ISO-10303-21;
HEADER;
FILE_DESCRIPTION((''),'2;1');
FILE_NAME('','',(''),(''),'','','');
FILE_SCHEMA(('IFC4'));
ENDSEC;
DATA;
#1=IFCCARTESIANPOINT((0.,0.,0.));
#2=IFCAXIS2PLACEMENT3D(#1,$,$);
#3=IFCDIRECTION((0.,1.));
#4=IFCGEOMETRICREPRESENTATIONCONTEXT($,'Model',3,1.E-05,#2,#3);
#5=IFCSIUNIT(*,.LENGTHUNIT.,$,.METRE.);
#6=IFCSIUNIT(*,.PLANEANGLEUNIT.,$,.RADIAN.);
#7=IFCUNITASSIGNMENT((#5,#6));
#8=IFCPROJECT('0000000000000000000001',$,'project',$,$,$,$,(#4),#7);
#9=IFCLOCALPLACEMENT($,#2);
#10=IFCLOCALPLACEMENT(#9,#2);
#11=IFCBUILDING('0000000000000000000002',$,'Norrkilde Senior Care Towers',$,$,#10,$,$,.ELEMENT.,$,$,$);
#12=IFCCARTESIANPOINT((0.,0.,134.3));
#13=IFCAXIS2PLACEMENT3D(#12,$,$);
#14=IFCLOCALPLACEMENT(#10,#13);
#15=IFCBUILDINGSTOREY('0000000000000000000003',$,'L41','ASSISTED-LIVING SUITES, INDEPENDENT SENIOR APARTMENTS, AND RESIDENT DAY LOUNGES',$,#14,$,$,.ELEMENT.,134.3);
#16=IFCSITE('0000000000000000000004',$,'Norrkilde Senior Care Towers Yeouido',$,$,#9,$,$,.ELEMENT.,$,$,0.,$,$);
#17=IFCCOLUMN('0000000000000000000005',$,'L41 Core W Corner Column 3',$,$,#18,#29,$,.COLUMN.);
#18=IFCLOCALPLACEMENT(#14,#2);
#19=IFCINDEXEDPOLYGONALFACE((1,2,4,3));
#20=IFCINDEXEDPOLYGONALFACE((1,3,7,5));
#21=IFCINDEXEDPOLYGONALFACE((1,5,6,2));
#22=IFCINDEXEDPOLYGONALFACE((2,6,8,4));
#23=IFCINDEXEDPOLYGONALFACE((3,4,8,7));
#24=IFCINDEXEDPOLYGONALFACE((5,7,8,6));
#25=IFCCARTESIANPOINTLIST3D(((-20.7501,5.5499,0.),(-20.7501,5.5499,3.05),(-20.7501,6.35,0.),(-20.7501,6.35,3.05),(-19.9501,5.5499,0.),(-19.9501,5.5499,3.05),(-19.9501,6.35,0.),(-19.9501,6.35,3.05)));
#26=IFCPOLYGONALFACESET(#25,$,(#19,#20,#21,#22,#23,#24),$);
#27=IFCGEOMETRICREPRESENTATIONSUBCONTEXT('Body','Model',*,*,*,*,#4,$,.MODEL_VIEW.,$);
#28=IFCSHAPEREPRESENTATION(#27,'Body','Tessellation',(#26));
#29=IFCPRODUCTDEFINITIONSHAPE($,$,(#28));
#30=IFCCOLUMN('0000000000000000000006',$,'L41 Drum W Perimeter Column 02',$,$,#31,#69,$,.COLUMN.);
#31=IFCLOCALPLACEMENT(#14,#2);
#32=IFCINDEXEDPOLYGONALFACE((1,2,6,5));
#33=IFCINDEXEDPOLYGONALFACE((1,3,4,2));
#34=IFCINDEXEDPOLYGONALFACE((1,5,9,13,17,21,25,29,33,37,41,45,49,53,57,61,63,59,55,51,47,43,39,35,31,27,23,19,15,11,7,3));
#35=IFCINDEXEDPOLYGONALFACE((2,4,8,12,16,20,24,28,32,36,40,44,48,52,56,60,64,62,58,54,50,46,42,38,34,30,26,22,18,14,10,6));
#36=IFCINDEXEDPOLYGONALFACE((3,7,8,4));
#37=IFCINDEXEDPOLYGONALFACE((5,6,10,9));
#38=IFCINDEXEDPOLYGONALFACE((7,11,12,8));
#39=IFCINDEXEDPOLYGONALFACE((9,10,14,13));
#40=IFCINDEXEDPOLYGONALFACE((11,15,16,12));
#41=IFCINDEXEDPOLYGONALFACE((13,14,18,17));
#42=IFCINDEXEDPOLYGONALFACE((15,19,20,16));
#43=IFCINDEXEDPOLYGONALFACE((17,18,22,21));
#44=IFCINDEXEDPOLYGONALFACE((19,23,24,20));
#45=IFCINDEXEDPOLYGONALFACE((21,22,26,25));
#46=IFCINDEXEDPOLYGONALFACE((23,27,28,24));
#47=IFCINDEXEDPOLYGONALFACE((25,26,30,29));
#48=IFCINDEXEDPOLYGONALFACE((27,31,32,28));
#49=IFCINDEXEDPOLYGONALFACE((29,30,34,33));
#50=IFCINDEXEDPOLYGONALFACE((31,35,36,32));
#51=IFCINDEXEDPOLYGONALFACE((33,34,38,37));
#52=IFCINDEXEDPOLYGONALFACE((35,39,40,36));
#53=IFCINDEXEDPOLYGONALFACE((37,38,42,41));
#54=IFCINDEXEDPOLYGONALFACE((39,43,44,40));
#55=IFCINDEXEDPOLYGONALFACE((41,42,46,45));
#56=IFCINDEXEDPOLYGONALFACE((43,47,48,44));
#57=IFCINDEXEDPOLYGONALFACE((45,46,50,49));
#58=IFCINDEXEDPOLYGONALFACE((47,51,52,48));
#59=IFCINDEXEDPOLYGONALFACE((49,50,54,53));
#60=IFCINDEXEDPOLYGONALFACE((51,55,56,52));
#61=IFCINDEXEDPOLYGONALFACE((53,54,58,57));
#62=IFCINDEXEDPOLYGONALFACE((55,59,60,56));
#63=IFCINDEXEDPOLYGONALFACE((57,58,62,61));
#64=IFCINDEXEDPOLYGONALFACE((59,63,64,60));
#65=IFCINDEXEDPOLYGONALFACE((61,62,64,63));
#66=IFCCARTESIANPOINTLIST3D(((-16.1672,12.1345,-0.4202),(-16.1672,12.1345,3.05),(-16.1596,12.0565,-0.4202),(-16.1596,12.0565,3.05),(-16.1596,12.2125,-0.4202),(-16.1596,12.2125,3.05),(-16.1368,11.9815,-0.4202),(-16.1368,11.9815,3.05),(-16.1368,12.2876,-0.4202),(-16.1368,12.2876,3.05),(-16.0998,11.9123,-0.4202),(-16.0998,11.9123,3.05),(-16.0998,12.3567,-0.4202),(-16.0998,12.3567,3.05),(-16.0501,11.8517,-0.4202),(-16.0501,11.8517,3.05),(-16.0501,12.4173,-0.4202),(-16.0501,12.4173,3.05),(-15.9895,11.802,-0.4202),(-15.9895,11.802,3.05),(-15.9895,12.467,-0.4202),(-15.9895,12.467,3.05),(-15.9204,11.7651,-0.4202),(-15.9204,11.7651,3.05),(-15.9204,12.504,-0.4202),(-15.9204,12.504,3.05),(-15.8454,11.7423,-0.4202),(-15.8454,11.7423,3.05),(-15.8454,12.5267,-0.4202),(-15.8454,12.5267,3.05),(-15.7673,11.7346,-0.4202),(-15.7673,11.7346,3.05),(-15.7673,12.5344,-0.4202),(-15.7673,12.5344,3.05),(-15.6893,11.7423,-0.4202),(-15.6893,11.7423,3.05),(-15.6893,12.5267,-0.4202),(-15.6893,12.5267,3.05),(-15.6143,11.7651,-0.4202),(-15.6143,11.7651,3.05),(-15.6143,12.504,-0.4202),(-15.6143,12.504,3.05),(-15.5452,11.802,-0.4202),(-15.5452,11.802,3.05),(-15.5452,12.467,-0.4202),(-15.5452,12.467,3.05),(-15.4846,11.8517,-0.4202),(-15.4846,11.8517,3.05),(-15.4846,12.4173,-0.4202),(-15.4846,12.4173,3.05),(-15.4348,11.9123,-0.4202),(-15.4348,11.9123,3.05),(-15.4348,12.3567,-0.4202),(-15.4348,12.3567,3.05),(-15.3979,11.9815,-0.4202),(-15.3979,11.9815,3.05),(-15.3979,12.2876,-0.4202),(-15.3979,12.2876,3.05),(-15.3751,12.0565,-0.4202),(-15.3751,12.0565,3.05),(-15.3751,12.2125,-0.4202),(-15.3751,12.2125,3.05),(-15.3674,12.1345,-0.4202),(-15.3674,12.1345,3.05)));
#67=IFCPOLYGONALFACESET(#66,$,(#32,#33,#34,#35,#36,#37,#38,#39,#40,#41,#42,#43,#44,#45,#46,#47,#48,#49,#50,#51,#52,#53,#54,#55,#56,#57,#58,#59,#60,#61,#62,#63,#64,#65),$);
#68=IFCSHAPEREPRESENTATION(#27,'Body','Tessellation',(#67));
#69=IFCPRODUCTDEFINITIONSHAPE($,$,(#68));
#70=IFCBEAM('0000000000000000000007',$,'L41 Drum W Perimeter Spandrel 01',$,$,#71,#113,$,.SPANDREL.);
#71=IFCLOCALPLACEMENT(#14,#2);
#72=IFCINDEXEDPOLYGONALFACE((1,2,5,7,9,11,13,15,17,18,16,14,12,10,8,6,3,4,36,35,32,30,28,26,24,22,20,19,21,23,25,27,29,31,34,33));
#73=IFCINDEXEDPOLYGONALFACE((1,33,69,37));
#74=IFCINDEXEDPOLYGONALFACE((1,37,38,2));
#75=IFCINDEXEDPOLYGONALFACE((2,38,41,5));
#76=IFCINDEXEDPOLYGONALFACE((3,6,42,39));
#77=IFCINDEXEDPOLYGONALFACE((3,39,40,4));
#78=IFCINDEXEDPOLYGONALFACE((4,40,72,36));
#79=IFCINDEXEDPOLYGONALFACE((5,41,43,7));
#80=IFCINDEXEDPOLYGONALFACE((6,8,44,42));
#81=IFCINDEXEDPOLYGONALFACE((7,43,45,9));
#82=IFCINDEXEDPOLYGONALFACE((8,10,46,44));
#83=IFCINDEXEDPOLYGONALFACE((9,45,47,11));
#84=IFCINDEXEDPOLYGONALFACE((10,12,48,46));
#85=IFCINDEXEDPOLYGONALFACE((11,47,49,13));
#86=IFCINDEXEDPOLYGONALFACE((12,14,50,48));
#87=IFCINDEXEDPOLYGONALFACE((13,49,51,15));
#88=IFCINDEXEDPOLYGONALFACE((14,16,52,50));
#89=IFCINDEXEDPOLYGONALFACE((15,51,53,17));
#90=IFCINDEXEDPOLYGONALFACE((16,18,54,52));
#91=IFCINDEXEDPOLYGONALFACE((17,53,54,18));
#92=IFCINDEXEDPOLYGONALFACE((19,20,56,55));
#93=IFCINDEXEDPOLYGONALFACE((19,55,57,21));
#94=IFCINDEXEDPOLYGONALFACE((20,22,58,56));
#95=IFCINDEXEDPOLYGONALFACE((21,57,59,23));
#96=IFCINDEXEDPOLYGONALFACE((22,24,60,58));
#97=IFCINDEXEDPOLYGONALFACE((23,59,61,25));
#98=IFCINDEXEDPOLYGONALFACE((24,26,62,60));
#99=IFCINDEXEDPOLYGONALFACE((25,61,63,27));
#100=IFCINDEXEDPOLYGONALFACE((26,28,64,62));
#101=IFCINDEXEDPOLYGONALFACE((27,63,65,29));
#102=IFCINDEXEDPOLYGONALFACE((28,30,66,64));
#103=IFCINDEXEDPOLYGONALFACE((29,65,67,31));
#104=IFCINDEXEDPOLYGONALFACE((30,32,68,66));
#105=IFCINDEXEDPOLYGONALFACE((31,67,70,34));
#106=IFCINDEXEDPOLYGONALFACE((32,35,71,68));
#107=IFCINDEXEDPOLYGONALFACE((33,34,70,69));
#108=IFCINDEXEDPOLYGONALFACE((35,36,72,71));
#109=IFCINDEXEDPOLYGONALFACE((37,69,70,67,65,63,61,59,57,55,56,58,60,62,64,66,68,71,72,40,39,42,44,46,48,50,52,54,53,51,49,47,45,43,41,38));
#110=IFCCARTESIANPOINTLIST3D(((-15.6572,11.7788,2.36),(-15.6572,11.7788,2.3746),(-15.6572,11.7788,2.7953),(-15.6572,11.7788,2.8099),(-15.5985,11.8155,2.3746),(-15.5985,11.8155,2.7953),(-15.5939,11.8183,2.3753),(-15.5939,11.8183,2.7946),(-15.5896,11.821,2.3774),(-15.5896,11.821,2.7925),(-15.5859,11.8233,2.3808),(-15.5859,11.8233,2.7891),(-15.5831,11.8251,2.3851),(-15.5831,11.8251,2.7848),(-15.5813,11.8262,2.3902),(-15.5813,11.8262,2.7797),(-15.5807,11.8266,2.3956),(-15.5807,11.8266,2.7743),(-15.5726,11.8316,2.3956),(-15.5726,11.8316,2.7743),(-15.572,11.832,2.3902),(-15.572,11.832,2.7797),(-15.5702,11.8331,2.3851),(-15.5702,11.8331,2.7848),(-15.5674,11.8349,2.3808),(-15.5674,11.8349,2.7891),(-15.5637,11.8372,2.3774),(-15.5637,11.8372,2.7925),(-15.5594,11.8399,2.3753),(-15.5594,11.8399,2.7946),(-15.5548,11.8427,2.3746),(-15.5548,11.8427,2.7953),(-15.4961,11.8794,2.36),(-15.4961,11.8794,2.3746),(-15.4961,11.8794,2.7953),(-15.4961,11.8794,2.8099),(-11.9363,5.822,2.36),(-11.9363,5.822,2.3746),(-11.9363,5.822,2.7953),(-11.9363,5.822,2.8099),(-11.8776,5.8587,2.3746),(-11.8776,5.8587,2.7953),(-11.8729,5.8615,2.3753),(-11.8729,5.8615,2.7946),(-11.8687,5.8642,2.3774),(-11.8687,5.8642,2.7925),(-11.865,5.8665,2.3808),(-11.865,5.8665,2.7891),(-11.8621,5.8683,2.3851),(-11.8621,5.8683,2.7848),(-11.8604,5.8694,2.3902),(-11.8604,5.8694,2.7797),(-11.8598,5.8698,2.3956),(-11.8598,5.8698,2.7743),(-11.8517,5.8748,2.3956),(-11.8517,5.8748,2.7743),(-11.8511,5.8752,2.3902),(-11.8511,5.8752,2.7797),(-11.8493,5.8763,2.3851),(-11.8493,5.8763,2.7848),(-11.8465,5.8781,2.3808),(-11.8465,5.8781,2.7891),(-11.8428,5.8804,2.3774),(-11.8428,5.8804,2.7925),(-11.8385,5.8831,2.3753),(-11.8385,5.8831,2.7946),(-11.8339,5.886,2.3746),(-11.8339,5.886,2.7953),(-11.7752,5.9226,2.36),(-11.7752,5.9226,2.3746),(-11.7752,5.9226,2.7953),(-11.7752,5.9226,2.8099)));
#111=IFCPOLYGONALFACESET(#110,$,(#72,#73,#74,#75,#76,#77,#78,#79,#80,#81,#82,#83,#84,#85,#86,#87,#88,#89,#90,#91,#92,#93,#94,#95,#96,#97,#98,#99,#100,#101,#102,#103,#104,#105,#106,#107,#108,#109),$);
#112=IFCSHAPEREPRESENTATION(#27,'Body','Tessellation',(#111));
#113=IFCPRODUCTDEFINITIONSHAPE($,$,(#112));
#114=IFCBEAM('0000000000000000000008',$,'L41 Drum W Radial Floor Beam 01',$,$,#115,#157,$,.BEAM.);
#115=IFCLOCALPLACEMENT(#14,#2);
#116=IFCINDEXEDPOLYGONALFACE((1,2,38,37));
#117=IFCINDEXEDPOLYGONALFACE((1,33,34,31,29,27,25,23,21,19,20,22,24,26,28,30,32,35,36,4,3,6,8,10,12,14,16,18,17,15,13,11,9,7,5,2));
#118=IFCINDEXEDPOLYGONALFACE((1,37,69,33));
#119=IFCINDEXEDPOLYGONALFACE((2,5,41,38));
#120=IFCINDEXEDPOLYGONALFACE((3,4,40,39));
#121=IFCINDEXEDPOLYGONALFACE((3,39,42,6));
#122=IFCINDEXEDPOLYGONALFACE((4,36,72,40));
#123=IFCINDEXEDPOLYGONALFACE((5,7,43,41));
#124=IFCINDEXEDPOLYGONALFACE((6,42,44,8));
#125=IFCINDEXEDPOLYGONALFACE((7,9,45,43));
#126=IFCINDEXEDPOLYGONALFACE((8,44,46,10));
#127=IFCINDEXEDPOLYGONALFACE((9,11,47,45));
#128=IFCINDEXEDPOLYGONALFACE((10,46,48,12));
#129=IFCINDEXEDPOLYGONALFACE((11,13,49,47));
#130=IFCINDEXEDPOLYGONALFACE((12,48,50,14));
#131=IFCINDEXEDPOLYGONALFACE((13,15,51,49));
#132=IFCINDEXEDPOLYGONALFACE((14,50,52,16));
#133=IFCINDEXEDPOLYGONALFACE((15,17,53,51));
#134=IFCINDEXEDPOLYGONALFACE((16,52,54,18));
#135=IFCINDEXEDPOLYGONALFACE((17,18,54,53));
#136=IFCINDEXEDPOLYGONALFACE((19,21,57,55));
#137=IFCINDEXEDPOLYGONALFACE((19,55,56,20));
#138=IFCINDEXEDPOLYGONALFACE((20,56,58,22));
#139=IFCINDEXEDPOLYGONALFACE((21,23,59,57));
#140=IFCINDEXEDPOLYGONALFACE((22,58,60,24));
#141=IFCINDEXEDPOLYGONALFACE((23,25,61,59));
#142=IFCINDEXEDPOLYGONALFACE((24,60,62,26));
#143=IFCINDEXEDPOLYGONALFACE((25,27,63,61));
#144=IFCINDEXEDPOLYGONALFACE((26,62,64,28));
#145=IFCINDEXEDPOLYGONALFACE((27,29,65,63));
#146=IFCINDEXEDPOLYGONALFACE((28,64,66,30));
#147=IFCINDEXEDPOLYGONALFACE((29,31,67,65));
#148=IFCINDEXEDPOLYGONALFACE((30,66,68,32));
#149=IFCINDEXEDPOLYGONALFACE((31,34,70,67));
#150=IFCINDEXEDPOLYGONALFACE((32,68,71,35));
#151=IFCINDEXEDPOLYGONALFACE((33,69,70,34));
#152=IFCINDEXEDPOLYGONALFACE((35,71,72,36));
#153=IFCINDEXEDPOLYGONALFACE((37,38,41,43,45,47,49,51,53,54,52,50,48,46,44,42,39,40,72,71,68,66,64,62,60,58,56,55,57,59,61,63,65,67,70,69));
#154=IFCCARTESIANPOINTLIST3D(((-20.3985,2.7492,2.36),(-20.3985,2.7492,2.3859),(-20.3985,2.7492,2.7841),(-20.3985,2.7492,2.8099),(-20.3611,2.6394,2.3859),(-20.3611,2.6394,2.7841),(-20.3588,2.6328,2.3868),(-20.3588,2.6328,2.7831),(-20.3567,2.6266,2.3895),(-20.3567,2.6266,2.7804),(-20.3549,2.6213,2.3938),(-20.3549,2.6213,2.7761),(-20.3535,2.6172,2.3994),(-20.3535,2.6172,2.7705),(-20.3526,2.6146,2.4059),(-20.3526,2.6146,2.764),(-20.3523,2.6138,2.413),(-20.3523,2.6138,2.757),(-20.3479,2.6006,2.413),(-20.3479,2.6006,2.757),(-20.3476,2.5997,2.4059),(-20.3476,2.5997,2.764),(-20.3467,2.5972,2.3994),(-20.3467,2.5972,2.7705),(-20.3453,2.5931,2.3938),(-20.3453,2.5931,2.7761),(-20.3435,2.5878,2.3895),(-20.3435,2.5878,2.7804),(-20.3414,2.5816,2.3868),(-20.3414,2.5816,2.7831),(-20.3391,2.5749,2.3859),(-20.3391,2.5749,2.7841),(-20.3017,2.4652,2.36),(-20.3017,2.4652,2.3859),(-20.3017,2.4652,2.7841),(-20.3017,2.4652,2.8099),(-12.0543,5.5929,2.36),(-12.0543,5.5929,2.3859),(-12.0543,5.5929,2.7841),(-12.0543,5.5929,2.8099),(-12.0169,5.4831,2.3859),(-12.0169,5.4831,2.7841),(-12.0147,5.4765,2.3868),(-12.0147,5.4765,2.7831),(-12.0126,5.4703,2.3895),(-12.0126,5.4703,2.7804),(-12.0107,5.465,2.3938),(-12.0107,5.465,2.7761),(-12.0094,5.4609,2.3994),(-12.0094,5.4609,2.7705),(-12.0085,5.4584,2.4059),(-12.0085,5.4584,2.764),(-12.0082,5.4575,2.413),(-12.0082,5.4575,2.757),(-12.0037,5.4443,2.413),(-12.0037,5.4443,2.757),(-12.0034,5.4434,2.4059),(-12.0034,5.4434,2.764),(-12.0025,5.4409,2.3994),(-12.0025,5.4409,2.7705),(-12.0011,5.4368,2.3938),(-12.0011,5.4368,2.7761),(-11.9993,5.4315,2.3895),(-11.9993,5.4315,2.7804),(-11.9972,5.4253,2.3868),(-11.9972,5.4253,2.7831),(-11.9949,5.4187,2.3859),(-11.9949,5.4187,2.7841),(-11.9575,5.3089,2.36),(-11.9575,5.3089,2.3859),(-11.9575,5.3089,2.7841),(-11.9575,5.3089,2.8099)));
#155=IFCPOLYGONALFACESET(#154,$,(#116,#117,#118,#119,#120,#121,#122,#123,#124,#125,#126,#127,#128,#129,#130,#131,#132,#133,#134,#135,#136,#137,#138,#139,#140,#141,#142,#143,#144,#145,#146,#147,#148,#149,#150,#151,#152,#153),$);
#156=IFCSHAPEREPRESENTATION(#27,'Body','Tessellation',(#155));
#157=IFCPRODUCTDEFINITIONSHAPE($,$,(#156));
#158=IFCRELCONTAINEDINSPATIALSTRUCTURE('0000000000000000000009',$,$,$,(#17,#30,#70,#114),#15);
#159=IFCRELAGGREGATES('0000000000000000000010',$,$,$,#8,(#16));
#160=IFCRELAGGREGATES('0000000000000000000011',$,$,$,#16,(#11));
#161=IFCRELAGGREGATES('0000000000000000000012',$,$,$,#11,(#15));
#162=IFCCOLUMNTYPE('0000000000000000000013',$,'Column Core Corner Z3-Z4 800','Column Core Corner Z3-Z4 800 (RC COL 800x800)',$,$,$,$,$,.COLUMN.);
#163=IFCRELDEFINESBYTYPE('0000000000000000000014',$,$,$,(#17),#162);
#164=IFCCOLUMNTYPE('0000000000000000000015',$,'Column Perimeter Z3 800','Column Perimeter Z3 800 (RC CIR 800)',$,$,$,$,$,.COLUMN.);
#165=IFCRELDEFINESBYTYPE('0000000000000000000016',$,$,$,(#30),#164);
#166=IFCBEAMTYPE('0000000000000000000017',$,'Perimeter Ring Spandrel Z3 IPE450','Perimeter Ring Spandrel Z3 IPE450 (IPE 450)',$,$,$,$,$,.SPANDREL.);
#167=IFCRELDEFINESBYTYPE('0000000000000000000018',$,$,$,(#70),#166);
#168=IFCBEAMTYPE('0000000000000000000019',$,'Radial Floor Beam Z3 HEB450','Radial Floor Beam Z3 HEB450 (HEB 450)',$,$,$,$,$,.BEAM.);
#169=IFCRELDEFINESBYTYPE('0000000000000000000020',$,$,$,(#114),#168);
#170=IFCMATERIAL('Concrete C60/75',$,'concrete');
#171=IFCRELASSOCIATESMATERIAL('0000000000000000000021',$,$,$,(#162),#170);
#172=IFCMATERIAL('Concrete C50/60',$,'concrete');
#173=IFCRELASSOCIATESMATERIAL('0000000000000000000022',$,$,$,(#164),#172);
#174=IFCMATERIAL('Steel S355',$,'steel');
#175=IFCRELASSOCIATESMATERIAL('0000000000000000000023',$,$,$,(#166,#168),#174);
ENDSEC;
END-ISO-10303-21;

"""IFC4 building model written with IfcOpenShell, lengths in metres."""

from ifc_helpers import new_model, si_unit, direction, frame, origin, origin_2d, place, context, subcontext, project, spatial, rectangle, circle, i_section, extrude, source, transform, mapped, material, material_profile, profile_set, type_object, type_shapes, element, save


model = new_model("IFC4")

# Units and contexts
model_context = context("Model", 3, precision=1e-05, world=origin(), true_north=direction((0.0, 1.0)))
body_context = subcontext(model_context, "Body", "Model", "MODEL_VIEW")
ifc_project = project(units=[si_unit("LENGTHUNIT", "METRE"), si_unit("PLANEANGLEUNIT", "RADIAN")], contexts=[model_context])

# Site, building, storey
site_placement = place(None, origin())
site = spatial("IfcSite", under=ifc_project, at=site_placement, Name="Norrkilde Senior Care Towers Yeouido", CompositionType="ELEMENT", RefElevation=0.0)
building_placement = place(site_placement, origin())
building = spatial("IfcBuilding", under=site, at=building_placement, Name="Norrkilde Senior Care Towers", CompositionType="ELEMENT")
storey_placement = place(building_placement, frame((0.0, 0.0, 134.3)))
storey = spatial("IfcBuildingStorey", under=building, at=storey_placement, Name="L41", Description="ASSISTED-LIVING SUITES, INDEPENDENT SENIOR APARTMENTS, AND RESIDENT DAY LOUNGES", CompositionType="ELEMENT", Elevation=134.3)

# Columns
ifc_material_1 = material(Name="Concrete C60/75", Category="concrete")
ifc_material_profile_1 = material_profile(ifc_material_1, rectangle(XDim=0.8, YDim=0.8, at=origin_2d()), Name="RC COL 800x800")
ifc_profile_set_1 = profile_set([ifc_material_profile_1], Name="Concrete C60/75")
column_type_1 = type_object("IfcColumnType", Name="Column Core Corner Z3-Z4 800", Description="Column Core Corner Z3-Z4 800 (RC COL 800x800)", PredefinedType="COLUMN", material=ifc_profile_set_1)
shared_shape_1 = source(origin(), body_context, "Body", "SweptSolid", [
    extrude(rectangle(XDim=0.8, YDim=0.8, at=origin_2d()), origin(), (0.0, 0.0, 1.0), 3.05),
])
type_shapes(column_type_1, [shared_shape_1])
column_1_placement = place(storey_placement, frame((-20.3501, 5.95, 0.0), z_axis=(0.0, 0.0, 1.0), x_axis=(1.0, 0.0, 0.0)))
element("IfcColumn", 1, at=column_1_placement, inside=storey, type_object=column_type_1, Name="L41 Core W Corner Column 3", PredefinedType="COLUMN", context=body_context, shape_type="MappedRepresentation", body=[
    mapped(shared_shape_1, transform((0.0, 0.0, 0.0), x_axis=(1.0, 0.0, 0.0), y_axis=(0.0, 1.0, 0.0), z_axis=(0.0, 0.0, 1.0), scale=1.0)),
])
ifc_material_2 = material(Name="Concrete C50/60", Category="concrete")
ifc_material_profile_2 = material_profile(ifc_material_2, circle(Radius=0.3999, at=origin_2d()), Name="RC CIR 800")
ifc_profile_set_2 = profile_set([ifc_material_profile_2], Name="Concrete C50/60")
column_type_2 = type_object("IfcColumnType", Name="Column Perimeter Z3 800", Description="Column Perimeter Z3 800 (RC CIR 800)", PredefinedType="COLUMN", material=ifc_profile_set_2)
shared_shape_2 = source(origin(), body_context, "Body", "SweptSolid", [
    extrude(circle(Radius=0.3999, at=origin_2d()), origin(), (0.0, 0.0, 1.0), 3.4702),
])
type_shapes(column_type_2, [shared_shape_2])
column_2_placement = place(storey_placement, frame((-15.7673, 12.1345, -0.4202), z_axis=(0.0, 0.0, 1.0), x_axis=(1.0, 0.0, 0.0)))
element("IfcColumn", 2, at=column_2_placement, inside=storey, type_object=column_type_2, Name="L41 Drum W Perimeter Column 02", PredefinedType="COLUMN", context=body_context, shape_type="MappedRepresentation", body=[
    mapped(shared_shape_2, transform((0.0, 0.0, 0.0), x_axis=(1.0, 0.0, 0.0), y_axis=(0.0, 1.0, 0.0), z_axis=(0.0, 0.0, 1.0), scale=1.0)),
])

# Beams
ifc_material_3 = material(Name="Steel S355", Category="steel")
ifc_material_profile_3 = material_profile(ifc_material_3, i_section(OverallWidth=0.1899, OverallDepth=0.45, WebThickness=0.0095, FlangeThickness=0.0146, FilletRadius=0.021, at=origin_2d()), Name="IPE 450")
ifc_profile_set_3 = profile_set([ifc_material_profile_3], Name="Steel S355")
beam_type_1 = type_object("IfcBeamType", Name="Perimeter Ring Spandrel Z3 IPE450", Description="Perimeter Ring Spandrel Z3 IPE450 (IPE 450)", PredefinedType="SPANDREL", material=ifc_profile_set_3)
shared_shape_3 = source(origin(), body_context, "Body", "SweptSolid", [
    extrude(i_section(OverallWidth=0.1899, OverallDepth=0.45, WebThickness=0.0095, FlangeThickness=0.0146, FilletRadius=0.021, at=origin_2d()), origin(), (0.0, 0.0, 1.0), 7.0234),
])
type_shapes(beam_type_1, [shared_shape_3])
beam_1_placement = place(storey_placement, frame((-11.8557, 5.8723, 2.585), z_axis=(-0.52979, 0.848129, 0.0), x_axis=(-0.848129, -0.52979, 0.0)))
element("IfcBeam", 3, at=beam_1_placement, inside=storey, type_object=beam_type_1, Name="L41 Drum W Perimeter Spandrel 01", PredefinedType="SPANDREL", context=body_context, shape_type="MappedRepresentation", body=[
    mapped(shared_shape_3, transform((0.0, 0.0, 0.0), x_axis=(1.0, 0.0, 0.0), y_axis=(0.0, 1.0, 0.0), z_axis=(0.0, 0.0, 1.0), scale=1.0)),
])
ifc_material_profile_4 = material_profile(ifc_material_3, i_section(OverallWidth=0.3, OverallDepth=0.45, WebThickness=0.0139, FlangeThickness=0.0259, FilletRadius=0.0271, at=origin_2d()), Name="HEB 450")
ifc_profile_set_4 = profile_set([ifc_material_profile_4], Name="Steel S355")
beam_type_2 = type_object("IfcBeamType", Name="Radial Floor Beam Z3 HEB450", Description="Radial Floor Beam Z3 HEB450 (HEB 450)", PredefinedType="BEAM", material=ifc_profile_set_4)
shared_shape_4 = source(origin(), body_context, "Body", "SweptSolid", [
    extrude(i_section(OverallWidth=0.3, OverallDepth=0.45, WebThickness=0.0139, FlangeThickness=0.0259, FilletRadius=0.0271, at=origin_2d()), origin(), (0.0, 0.0, 1.0), 8.8154),
])
beam_2_placement = place(storey_placement, frame((-20.3501, 2.6072, 2.585), z_axis=(0.946541, 0.322585, 0.0), x_axis=(-0.322585, 0.946541, 0.0)))
element("IfcBeam", 4, at=beam_2_placement, inside=storey, type_object=beam_type_2, Name="L41 Drum W Radial Floor Beam 01", PredefinedType="BEAM", context=body_context, shape_type="MappedRepresentation", body=[
    mapped(shared_shape_4, transform((0.0, 0.0, 0.0), x_axis=(1.0, 0.0, 0.0), y_axis=(0.0, 1.0, 0.0), z_axis=(0.0, 0.0, 1.0), scale=1.0)),
])

save(model, "model.ifc")
